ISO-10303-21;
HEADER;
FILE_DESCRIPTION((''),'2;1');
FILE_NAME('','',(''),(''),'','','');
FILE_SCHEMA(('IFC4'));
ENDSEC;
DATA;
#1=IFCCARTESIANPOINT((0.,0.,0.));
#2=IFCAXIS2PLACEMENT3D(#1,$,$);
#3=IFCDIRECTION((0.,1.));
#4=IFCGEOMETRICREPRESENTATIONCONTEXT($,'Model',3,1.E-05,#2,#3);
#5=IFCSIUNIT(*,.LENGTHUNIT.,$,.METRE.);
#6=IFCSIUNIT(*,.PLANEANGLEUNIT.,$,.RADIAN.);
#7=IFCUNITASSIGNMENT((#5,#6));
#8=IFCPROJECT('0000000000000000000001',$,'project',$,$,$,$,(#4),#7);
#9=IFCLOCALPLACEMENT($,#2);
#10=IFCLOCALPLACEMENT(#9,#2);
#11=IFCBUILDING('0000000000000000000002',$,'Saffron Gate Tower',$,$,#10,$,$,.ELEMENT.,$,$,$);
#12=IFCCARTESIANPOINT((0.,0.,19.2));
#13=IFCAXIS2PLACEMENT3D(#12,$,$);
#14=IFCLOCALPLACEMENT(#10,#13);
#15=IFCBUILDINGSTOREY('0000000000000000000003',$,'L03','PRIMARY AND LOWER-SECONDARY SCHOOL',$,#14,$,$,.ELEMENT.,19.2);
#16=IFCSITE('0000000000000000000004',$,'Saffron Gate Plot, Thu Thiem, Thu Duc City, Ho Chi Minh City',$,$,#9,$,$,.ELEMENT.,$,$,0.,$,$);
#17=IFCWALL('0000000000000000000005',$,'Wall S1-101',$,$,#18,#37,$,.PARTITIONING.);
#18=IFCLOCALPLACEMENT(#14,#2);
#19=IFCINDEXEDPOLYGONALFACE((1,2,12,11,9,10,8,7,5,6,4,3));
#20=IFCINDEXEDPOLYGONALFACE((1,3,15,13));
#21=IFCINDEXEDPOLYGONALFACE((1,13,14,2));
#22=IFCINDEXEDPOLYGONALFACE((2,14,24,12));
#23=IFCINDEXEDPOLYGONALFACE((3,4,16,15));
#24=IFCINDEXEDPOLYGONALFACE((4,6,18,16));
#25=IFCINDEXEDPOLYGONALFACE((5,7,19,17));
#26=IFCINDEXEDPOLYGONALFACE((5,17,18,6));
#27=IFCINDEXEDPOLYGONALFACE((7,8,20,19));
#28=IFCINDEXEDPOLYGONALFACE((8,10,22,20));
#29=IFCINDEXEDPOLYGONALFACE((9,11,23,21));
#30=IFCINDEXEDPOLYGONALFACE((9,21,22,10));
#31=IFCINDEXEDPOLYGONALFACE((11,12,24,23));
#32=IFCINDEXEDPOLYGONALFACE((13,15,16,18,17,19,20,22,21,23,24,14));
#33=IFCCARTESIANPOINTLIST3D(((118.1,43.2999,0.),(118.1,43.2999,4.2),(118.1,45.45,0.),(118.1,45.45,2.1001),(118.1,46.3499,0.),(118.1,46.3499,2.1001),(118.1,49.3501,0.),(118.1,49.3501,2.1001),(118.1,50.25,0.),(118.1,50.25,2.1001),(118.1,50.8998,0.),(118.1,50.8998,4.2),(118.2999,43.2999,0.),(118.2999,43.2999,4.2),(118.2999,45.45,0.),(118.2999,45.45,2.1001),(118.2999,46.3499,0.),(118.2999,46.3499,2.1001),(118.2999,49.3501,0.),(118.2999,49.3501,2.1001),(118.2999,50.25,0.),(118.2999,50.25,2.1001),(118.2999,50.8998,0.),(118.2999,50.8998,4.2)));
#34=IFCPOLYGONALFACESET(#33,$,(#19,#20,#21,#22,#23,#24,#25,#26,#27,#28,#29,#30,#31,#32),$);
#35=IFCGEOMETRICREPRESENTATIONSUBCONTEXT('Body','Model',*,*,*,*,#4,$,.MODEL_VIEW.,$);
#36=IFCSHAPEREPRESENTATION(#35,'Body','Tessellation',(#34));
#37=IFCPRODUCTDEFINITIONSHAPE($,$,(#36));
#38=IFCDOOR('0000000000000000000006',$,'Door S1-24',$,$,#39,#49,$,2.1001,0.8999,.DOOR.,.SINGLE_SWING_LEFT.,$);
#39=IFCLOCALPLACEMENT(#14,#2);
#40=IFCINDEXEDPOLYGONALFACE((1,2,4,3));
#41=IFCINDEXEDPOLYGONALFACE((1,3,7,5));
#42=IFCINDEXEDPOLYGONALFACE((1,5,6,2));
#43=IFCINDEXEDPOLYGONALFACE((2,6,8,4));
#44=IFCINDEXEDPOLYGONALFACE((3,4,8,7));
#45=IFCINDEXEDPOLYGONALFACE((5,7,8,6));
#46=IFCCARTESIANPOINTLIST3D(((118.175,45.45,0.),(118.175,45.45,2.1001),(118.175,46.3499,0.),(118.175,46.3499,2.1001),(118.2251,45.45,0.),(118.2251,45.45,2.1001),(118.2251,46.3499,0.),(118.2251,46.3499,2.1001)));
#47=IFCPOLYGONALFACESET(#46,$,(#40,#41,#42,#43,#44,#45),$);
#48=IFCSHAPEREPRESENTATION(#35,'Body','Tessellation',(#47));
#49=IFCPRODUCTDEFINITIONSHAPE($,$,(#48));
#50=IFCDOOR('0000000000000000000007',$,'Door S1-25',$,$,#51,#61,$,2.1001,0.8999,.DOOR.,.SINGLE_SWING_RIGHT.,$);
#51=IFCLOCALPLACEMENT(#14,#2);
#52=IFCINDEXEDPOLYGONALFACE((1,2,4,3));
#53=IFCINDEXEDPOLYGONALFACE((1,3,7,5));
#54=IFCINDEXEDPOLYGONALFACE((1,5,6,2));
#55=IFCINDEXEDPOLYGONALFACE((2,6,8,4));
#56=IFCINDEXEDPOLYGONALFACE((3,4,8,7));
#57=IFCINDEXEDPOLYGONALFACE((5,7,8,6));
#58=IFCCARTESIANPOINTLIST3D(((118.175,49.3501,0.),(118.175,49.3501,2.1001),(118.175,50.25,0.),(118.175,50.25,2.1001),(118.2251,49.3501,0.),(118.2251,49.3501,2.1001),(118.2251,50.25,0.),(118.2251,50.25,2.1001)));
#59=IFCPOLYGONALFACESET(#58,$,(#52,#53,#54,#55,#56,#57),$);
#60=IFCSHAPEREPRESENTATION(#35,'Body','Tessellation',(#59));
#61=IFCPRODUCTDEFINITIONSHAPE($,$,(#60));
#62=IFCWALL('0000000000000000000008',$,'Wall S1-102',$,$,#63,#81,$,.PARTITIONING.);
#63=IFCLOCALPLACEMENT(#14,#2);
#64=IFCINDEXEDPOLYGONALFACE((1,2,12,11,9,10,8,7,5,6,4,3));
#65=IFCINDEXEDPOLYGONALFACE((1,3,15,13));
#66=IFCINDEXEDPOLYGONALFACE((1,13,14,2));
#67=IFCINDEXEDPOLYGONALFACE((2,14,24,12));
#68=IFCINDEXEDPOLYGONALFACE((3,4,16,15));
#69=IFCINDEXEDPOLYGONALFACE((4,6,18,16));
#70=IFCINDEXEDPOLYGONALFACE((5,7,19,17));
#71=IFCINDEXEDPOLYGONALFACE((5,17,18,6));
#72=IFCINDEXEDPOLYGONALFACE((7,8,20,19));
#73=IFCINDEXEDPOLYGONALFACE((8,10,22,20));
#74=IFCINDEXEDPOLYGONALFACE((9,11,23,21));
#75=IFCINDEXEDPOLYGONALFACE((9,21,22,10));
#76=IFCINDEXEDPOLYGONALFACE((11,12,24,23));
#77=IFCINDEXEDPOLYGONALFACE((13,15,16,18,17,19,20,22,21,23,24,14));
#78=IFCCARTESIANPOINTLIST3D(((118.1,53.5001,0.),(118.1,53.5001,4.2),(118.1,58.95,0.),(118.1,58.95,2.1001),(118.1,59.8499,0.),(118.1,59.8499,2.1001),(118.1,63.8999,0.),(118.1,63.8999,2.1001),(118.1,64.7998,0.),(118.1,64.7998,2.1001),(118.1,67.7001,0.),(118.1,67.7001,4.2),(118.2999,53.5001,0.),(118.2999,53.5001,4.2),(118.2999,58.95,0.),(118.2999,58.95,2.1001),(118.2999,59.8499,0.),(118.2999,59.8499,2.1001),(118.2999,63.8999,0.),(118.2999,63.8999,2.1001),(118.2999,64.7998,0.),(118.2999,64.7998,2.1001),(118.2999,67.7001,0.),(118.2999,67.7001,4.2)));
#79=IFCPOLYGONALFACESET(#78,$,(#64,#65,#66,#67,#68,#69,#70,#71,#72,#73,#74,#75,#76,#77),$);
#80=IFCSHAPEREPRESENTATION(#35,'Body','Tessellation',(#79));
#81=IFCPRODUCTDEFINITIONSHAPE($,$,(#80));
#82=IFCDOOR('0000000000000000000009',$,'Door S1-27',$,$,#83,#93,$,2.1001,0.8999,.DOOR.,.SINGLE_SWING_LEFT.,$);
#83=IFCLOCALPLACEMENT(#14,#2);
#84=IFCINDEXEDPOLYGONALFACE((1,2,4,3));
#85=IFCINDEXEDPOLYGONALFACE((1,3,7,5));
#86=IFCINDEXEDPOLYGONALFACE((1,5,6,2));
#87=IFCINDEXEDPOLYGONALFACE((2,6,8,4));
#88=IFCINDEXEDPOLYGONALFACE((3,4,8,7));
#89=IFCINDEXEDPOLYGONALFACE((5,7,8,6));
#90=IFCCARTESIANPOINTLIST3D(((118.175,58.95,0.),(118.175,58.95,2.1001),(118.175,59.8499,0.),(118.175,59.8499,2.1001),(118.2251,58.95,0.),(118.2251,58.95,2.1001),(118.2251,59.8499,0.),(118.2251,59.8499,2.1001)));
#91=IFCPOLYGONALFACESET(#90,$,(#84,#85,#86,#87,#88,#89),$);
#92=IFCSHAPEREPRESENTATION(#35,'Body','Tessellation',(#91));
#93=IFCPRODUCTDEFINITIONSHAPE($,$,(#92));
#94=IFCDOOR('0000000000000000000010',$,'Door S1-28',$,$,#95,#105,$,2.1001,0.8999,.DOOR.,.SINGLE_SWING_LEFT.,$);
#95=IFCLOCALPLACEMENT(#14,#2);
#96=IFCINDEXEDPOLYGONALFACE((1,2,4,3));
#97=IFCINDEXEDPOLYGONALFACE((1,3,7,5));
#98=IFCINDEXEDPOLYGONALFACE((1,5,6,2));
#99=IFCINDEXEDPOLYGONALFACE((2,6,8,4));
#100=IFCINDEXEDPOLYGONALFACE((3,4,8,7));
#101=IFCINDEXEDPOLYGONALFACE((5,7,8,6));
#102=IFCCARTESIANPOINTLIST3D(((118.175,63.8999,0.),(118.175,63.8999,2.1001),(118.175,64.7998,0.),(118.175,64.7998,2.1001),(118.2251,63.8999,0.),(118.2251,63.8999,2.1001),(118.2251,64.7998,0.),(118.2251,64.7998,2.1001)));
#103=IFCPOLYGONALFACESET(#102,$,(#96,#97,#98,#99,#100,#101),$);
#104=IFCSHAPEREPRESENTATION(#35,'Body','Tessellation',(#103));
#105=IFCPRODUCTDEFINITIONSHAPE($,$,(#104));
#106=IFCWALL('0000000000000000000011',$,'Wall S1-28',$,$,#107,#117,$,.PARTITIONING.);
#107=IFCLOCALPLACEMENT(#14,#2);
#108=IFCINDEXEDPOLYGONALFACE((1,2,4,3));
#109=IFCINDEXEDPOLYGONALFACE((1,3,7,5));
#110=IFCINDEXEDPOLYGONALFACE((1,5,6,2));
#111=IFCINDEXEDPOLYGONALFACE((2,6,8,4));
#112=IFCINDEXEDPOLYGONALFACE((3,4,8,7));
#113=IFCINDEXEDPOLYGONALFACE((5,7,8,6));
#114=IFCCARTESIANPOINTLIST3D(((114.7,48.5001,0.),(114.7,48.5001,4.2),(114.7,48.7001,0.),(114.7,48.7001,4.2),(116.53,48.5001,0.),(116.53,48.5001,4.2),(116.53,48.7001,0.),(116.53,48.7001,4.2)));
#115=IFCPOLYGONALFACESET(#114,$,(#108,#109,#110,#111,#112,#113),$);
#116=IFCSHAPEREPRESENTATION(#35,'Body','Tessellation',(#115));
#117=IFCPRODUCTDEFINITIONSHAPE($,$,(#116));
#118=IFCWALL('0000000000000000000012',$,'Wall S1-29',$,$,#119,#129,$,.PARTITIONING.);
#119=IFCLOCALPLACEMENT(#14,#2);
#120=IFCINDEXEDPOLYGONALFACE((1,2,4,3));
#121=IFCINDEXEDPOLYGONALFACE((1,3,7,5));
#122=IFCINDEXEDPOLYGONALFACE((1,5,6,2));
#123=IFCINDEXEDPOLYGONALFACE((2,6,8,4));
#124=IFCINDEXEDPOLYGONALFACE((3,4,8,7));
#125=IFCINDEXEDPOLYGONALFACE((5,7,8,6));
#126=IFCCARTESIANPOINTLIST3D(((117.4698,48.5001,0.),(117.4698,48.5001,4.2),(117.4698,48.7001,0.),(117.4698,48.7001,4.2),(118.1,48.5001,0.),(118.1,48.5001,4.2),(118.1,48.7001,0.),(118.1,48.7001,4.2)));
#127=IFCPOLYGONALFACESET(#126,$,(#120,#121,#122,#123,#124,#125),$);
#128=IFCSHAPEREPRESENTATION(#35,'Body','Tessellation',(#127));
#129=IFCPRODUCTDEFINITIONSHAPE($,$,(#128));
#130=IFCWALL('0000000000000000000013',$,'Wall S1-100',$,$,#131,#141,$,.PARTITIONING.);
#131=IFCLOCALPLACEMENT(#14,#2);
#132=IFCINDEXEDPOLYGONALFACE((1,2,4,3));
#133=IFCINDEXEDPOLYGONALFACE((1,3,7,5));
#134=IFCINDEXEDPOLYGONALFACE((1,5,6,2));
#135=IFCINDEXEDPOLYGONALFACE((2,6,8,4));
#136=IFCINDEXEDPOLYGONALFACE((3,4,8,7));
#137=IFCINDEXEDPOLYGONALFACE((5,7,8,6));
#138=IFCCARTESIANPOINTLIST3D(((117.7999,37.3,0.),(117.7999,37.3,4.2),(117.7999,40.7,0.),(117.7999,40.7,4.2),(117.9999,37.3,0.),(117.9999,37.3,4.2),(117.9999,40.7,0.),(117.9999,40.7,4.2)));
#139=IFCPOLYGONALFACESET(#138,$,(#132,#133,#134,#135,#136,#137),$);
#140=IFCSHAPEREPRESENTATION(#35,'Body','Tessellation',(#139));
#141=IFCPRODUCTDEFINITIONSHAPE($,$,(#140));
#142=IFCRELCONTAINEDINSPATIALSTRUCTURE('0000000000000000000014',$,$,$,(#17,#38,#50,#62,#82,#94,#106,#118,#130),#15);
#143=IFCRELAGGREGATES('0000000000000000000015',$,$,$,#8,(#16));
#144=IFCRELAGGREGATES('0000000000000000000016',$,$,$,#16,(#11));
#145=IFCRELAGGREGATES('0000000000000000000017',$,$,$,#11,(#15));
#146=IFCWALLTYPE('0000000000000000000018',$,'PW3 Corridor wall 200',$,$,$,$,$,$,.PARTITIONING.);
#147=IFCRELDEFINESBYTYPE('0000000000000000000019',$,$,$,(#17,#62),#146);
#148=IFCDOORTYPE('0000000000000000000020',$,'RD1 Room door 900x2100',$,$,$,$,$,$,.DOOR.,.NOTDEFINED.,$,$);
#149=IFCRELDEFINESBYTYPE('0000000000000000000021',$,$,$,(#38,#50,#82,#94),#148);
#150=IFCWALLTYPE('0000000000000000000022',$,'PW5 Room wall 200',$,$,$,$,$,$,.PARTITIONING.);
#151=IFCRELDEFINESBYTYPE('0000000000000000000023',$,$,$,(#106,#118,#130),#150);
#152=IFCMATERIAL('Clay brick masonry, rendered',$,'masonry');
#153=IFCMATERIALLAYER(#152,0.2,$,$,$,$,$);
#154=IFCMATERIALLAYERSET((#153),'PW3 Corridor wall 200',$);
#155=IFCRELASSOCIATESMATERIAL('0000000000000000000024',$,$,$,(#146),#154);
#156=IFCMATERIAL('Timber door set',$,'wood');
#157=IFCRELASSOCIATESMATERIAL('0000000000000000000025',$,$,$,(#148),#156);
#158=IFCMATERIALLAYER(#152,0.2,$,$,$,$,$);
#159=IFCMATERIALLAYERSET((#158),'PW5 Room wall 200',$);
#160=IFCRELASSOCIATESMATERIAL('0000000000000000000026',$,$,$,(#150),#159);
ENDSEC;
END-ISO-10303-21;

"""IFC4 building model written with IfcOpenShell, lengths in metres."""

from ifc_helpers import new_model, si_unit, direction, frame, frame_2d, origin, place, context, subcontext, project, spatial, rectangle, extrude, material, layer, layer_set, type_object, element, fill, save


model = new_model("IFC4")

# Units and contexts
model_context = context("Model", 3, precision=1e-05, world=origin(), true_north=direction((0.0, 1.0)))
body_context = subcontext(model_context, "Body", "Model", "MODEL_VIEW")
ifc_project = project(units=[si_unit("LENGTHUNIT", "METRE"), si_unit("PLANEANGLEUNIT", "RADIAN")], contexts=[model_context])

# Site, building, storey
site_placement = place(None, origin())
site = spatial("IfcSite", under=ifc_project, at=site_placement, Name="Saffron Gate Plot, Thu Thiem, Thu Duc City, Ho Chi Minh City", CompositionType="ELEMENT", RefElevation=0.0)
building_placement = place(site_placement, origin())
building = spatial("IfcBuilding", under=site, at=building_placement, Name="Saffron Gate Tower", CompositionType="ELEMENT")
storey_placement = place(building_placement, frame((0.0, 0.0, 19.2)))
storey = spatial("IfcBuildingStorey", under=building, at=storey_placement, Name="L03", Description="PRIMARY AND LOWER-SECONDARY SCHOOL", CompositionType="ELEMENT", Elevation=19.2)

# Shared definitions
ifc_material_1 = material(Name="Clay brick masonry, rendered", Category="masonry")
ifc_layer_1 = layer(ifc_material_1, 0.2)
ifc_layer_set_1 = layer_set([ifc_layer_1], Name="PW3 Corridor wall 200")
wall_type_1 = type_object("IfcWallType", Name="PW3 Corridor wall 200", PredefinedType="PARTITIONING", material=ifc_layer_set_1)
ifc_material_2 = material(Name="Timber door set", Category="wood")

# Shared definitions
door_type_1 = type_object("IfcDoorType", Name="RD1 Room door 900x2100", OperationType="NOTDEFINED", PredefinedType="DOOR", material=ifc_material_2)

# Walls, openings, doors
wall_1_placement = place(storey_placement, frame((118.2, 43.3, 0.0), z_axis=(0.0, 0.0, 1.0), x_axis=(0.0, 1.0, 0.0)))
wall_1 = element("IfcWall", 1, at=wall_1_placement, inside=storey, type_object=wall_type_1, Name="Wall S1-101", PredefinedType="PARTITIONING", context=body_context, shape_type="SweptSolid", body=[
    extrude(rectangle(XDim=7.5999, YDim=0.2, at=frame_2d((3.7998, 0.0))), origin(), (0.0, 0.0, 1.0), 4.2),
])
opening_1_placement = place(wall_1_placement, frame((2.1499, 0.0, 0.0)))
opening_1 = element("IfcOpeningElement", 2, at=opening_1_placement, cuts=wall_1, PredefinedType="OPENING", context=body_context, shape_type="SweptSolid", body=[
    extrude(rectangle(XDim=0.8999, YDim=2.1001, at=frame_2d((0.45, 1.05))), frame((0.0, 0.1099, 0.0), z_axis=(0.0, -1.0, 0.0), x_axis=(1.0, 0.0, 0.0)), (0.0, 0.0, 1.0), 0.22),
])
opening_2_placement = place(wall_1_placement, frame((6.05, 0.0, 0.0)))
opening_2 = element("IfcOpeningElement", 3, at=opening_2_placement, cuts=wall_1, PredefinedType="OPENING", context=body_context, shape_type="SweptSolid", body=[
    extrude(rectangle(XDim=0.8999, YDim=2.1001, at=frame_2d((0.45, 1.05))), frame((0.0, 0.1099, 0.0), z_axis=(0.0, -1.0, 0.0), x_axis=(1.0, 0.0, 0.0)), (0.0, 0.0, 1.0), 0.22),
])
door_1_placement = place(opening_1_placement, origin())
door_1 = element("IfcDoor", 4, at=door_1_placement, inside=storey, type_object=door_type_1, Name="Door S1-24", OperationType="SINGLE_SWING_LEFT", OverallHeight=2.1001, OverallWidth=0.8999, PredefinedType="DOOR", context=body_context, shape_type="SweptSolid", body=[
    extrude(rectangle(XDim=0.8999, YDim=2.1001, at=frame_2d((0.45, 1.05))), frame((0.0, 0.0249, 0.0), z_axis=(0.0, -1.0, 0.0), x_axis=(1.0, 0.0, 0.0)), (0.0, 0.0, 1.0), 0.05),
])
fill(opening_1, door_1)
door_2_placement = place(opening_2_placement, origin())
door_2 = element("IfcDoor", 5, at=door_2_placement, inside=storey, type_object=door_type_1, Name="Door S1-25", OperationType="SINGLE_SWING_RIGHT", OverallHeight=2.1001, OverallWidth=0.8999, PredefinedType="DOOR", context=body_context, shape_type="SweptSolid", body=[
    extrude(rectangle(XDim=0.8999, YDim=2.1001, at=frame_2d((0.45, 1.05))), frame((0.0, 0.0249, 0.0), z_axis=(0.0, -1.0, 0.0), x_axis=(1.0, 0.0, 0.0)), (0.0, 0.0, 1.0), 0.05),
])
fill(opening_2, door_2)
wall_2_placement = place(storey_placement, frame((118.2, 53.5, 0.0), z_axis=(0.0, 0.0, 1.0), x_axis=(0.0, 1.0, 0.0)))
wall_2 = element("IfcWall", 6, at=wall_2_placement, inside=storey, type_object=wall_type_1, Name="Wall S1-102", PredefinedType="PARTITIONING", context=body_context, shape_type="SweptSolid", body=[
    extrude(rectangle(XDim=14.2, YDim=0.2, at=frame_2d((7.1001, 0.0))), origin(), (0.0, 0.0, 1.0), 4.2),
])
opening_3_placement = place(wall_2_placement, frame((5.45, 0.0, 0.0)))
opening_3 = element("IfcOpeningElement", 7, at=opening_3_placement, cuts=wall_2, PredefinedType="OPENING", context=body_context, shape_type="SweptSolid", body=[
    extrude(rectangle(XDim=0.8999, YDim=2.1001, at=frame_2d((0.45, 1.05))), frame((0.0, 0.1099, 0.0), z_axis=(0.0, -1.0, 0.0), x_axis=(1.0, 0.0, 0.0)), (0.0, 0.0, 1.0), 0.22),
])
opening_4_placement = place(wall_2_placement, frame((10.3999, 0.0, 0.0)))
opening_4 = element("IfcOpeningElement", 8, at=opening_4_placement, cuts=wall_2, PredefinedType="OPENING", context=body_context, shape_type="SweptSolid", body=[
    extrude(rectangle(XDim=0.8999, YDim=2.1001, at=frame_2d((0.45, 1.05))), frame((0.0, 0.1099, 0.0), z_axis=(0.0, -1.0, 0.0), x_axis=(1.0, 0.0, 0.0)), (0.0, 0.0, 1.0), 0.22),
])
door_3_placement = place(opening_3_placement, origin())
door_3 = element("IfcDoor", 9, at=door_3_placement, inside=storey, type_object=door_type_1, Name="Door S1-27", OperationType="SINGLE_SWING_LEFT", OverallHeight=2.1001, OverallWidth=0.8999, PredefinedType="DOOR", context=body_context, shape_type="SweptSolid", body=[
    extrude(rectangle(XDim=0.8999, YDim=2.1001, at=frame_2d((0.45, 1.05))), frame((0.0, 0.0249, 0.0), z_axis=(0.0, -1.0, 0.0), x_axis=(1.0, 0.0, 0.0)), (0.0, 0.0, 1.0), 0.05),
])
fill(opening_3, door_3)
door_4_placement = place(opening_4_placement, origin())
door_4 = element("IfcDoor", 10, at=door_4_placement, inside=storey, type_object=door_type_1, Name="Door S1-28", OperationType="SINGLE_SWING_LEFT", OverallHeight=2.1001, OverallWidth=0.8999, PredefinedType="DOOR", context=body_context, shape_type="SweptSolid", body=[
    extrude(rectangle(XDim=0.8999, YDim=2.1001, at=frame_2d((0.45, 1.05))), frame((0.0, 0.0249, 0.0), z_axis=(0.0, -1.0, 0.0), x_axis=(1.0, 0.0, 0.0)), (0.0, 0.0, 1.0), 0.05),
])
fill(opening_4, door_4)

# Walls
ifc_layer_2 = layer(ifc_material_1, 0.2)
ifc_layer_set_2 = layer_set([ifc_layer_2], Name="PW5 Room wall 200")
wall_type_2 = type_object("IfcWallType", Name="PW5 Room wall 200", PredefinedType="PARTITIONING", material=ifc_layer_set_2)
wall_3_placement = place(storey_placement, frame((114.7, 48.6001, 0.0), z_axis=(0.0, 0.0, 1.0), x_axis=(1.0, 0.0, 0.0)))
element("IfcWall", 11, at=wall_3_placement, inside=storey, type_object=wall_type_2, Name="Wall S1-28", PredefinedType="PARTITIONING", context=body_context, shape_type="SweptSolid", body=[
    extrude(rectangle(XDim=1.8301, YDim=0.2, at=frame_2d((0.915, 0.0))), origin(), (0.0, 0.0, 1.0), 4.2),
])
wall_4_placement = place(storey_placement, frame((117.47, 48.6001, 0.0), z_axis=(0.0, 0.0, 1.0), x_axis=(1.0, 0.0, 0.0)))
element("IfcWall", 12, at=wall_4_placement, inside=storey, type_object=wall_type_2, Name="Wall S1-29", PredefinedType="PARTITIONING", context=body_context, shape_type="SweptSolid", body=[
    extrude(rectangle(XDim=0.6301, YDim=0.2, at=frame_2d((0.3149, 0.0))), origin(), (0.0, 0.0, 1.0), 4.2),
])
wall_5_placement = place(storey_placement, frame((117.8999, 40.7, 0.0), z_axis=(0.0, 0.0, 1.0), x_axis=(0.0, -1.0, 0.0)))
element("IfcWall", 13, at=wall_5_placement, inside=storey, type_object=wall_type_2, Name="Wall S1-100", PredefinedType="PARTITIONING", context=body_context, shape_type="SweptSolid", body=[
    extrude(rectangle(XDim=3.3999, YDim=0.2, at=frame_2d((1.7, 0.0))), origin(), (0.0, 0.0, 1.0), 4.2),
])

save(model, "model.ifc")
